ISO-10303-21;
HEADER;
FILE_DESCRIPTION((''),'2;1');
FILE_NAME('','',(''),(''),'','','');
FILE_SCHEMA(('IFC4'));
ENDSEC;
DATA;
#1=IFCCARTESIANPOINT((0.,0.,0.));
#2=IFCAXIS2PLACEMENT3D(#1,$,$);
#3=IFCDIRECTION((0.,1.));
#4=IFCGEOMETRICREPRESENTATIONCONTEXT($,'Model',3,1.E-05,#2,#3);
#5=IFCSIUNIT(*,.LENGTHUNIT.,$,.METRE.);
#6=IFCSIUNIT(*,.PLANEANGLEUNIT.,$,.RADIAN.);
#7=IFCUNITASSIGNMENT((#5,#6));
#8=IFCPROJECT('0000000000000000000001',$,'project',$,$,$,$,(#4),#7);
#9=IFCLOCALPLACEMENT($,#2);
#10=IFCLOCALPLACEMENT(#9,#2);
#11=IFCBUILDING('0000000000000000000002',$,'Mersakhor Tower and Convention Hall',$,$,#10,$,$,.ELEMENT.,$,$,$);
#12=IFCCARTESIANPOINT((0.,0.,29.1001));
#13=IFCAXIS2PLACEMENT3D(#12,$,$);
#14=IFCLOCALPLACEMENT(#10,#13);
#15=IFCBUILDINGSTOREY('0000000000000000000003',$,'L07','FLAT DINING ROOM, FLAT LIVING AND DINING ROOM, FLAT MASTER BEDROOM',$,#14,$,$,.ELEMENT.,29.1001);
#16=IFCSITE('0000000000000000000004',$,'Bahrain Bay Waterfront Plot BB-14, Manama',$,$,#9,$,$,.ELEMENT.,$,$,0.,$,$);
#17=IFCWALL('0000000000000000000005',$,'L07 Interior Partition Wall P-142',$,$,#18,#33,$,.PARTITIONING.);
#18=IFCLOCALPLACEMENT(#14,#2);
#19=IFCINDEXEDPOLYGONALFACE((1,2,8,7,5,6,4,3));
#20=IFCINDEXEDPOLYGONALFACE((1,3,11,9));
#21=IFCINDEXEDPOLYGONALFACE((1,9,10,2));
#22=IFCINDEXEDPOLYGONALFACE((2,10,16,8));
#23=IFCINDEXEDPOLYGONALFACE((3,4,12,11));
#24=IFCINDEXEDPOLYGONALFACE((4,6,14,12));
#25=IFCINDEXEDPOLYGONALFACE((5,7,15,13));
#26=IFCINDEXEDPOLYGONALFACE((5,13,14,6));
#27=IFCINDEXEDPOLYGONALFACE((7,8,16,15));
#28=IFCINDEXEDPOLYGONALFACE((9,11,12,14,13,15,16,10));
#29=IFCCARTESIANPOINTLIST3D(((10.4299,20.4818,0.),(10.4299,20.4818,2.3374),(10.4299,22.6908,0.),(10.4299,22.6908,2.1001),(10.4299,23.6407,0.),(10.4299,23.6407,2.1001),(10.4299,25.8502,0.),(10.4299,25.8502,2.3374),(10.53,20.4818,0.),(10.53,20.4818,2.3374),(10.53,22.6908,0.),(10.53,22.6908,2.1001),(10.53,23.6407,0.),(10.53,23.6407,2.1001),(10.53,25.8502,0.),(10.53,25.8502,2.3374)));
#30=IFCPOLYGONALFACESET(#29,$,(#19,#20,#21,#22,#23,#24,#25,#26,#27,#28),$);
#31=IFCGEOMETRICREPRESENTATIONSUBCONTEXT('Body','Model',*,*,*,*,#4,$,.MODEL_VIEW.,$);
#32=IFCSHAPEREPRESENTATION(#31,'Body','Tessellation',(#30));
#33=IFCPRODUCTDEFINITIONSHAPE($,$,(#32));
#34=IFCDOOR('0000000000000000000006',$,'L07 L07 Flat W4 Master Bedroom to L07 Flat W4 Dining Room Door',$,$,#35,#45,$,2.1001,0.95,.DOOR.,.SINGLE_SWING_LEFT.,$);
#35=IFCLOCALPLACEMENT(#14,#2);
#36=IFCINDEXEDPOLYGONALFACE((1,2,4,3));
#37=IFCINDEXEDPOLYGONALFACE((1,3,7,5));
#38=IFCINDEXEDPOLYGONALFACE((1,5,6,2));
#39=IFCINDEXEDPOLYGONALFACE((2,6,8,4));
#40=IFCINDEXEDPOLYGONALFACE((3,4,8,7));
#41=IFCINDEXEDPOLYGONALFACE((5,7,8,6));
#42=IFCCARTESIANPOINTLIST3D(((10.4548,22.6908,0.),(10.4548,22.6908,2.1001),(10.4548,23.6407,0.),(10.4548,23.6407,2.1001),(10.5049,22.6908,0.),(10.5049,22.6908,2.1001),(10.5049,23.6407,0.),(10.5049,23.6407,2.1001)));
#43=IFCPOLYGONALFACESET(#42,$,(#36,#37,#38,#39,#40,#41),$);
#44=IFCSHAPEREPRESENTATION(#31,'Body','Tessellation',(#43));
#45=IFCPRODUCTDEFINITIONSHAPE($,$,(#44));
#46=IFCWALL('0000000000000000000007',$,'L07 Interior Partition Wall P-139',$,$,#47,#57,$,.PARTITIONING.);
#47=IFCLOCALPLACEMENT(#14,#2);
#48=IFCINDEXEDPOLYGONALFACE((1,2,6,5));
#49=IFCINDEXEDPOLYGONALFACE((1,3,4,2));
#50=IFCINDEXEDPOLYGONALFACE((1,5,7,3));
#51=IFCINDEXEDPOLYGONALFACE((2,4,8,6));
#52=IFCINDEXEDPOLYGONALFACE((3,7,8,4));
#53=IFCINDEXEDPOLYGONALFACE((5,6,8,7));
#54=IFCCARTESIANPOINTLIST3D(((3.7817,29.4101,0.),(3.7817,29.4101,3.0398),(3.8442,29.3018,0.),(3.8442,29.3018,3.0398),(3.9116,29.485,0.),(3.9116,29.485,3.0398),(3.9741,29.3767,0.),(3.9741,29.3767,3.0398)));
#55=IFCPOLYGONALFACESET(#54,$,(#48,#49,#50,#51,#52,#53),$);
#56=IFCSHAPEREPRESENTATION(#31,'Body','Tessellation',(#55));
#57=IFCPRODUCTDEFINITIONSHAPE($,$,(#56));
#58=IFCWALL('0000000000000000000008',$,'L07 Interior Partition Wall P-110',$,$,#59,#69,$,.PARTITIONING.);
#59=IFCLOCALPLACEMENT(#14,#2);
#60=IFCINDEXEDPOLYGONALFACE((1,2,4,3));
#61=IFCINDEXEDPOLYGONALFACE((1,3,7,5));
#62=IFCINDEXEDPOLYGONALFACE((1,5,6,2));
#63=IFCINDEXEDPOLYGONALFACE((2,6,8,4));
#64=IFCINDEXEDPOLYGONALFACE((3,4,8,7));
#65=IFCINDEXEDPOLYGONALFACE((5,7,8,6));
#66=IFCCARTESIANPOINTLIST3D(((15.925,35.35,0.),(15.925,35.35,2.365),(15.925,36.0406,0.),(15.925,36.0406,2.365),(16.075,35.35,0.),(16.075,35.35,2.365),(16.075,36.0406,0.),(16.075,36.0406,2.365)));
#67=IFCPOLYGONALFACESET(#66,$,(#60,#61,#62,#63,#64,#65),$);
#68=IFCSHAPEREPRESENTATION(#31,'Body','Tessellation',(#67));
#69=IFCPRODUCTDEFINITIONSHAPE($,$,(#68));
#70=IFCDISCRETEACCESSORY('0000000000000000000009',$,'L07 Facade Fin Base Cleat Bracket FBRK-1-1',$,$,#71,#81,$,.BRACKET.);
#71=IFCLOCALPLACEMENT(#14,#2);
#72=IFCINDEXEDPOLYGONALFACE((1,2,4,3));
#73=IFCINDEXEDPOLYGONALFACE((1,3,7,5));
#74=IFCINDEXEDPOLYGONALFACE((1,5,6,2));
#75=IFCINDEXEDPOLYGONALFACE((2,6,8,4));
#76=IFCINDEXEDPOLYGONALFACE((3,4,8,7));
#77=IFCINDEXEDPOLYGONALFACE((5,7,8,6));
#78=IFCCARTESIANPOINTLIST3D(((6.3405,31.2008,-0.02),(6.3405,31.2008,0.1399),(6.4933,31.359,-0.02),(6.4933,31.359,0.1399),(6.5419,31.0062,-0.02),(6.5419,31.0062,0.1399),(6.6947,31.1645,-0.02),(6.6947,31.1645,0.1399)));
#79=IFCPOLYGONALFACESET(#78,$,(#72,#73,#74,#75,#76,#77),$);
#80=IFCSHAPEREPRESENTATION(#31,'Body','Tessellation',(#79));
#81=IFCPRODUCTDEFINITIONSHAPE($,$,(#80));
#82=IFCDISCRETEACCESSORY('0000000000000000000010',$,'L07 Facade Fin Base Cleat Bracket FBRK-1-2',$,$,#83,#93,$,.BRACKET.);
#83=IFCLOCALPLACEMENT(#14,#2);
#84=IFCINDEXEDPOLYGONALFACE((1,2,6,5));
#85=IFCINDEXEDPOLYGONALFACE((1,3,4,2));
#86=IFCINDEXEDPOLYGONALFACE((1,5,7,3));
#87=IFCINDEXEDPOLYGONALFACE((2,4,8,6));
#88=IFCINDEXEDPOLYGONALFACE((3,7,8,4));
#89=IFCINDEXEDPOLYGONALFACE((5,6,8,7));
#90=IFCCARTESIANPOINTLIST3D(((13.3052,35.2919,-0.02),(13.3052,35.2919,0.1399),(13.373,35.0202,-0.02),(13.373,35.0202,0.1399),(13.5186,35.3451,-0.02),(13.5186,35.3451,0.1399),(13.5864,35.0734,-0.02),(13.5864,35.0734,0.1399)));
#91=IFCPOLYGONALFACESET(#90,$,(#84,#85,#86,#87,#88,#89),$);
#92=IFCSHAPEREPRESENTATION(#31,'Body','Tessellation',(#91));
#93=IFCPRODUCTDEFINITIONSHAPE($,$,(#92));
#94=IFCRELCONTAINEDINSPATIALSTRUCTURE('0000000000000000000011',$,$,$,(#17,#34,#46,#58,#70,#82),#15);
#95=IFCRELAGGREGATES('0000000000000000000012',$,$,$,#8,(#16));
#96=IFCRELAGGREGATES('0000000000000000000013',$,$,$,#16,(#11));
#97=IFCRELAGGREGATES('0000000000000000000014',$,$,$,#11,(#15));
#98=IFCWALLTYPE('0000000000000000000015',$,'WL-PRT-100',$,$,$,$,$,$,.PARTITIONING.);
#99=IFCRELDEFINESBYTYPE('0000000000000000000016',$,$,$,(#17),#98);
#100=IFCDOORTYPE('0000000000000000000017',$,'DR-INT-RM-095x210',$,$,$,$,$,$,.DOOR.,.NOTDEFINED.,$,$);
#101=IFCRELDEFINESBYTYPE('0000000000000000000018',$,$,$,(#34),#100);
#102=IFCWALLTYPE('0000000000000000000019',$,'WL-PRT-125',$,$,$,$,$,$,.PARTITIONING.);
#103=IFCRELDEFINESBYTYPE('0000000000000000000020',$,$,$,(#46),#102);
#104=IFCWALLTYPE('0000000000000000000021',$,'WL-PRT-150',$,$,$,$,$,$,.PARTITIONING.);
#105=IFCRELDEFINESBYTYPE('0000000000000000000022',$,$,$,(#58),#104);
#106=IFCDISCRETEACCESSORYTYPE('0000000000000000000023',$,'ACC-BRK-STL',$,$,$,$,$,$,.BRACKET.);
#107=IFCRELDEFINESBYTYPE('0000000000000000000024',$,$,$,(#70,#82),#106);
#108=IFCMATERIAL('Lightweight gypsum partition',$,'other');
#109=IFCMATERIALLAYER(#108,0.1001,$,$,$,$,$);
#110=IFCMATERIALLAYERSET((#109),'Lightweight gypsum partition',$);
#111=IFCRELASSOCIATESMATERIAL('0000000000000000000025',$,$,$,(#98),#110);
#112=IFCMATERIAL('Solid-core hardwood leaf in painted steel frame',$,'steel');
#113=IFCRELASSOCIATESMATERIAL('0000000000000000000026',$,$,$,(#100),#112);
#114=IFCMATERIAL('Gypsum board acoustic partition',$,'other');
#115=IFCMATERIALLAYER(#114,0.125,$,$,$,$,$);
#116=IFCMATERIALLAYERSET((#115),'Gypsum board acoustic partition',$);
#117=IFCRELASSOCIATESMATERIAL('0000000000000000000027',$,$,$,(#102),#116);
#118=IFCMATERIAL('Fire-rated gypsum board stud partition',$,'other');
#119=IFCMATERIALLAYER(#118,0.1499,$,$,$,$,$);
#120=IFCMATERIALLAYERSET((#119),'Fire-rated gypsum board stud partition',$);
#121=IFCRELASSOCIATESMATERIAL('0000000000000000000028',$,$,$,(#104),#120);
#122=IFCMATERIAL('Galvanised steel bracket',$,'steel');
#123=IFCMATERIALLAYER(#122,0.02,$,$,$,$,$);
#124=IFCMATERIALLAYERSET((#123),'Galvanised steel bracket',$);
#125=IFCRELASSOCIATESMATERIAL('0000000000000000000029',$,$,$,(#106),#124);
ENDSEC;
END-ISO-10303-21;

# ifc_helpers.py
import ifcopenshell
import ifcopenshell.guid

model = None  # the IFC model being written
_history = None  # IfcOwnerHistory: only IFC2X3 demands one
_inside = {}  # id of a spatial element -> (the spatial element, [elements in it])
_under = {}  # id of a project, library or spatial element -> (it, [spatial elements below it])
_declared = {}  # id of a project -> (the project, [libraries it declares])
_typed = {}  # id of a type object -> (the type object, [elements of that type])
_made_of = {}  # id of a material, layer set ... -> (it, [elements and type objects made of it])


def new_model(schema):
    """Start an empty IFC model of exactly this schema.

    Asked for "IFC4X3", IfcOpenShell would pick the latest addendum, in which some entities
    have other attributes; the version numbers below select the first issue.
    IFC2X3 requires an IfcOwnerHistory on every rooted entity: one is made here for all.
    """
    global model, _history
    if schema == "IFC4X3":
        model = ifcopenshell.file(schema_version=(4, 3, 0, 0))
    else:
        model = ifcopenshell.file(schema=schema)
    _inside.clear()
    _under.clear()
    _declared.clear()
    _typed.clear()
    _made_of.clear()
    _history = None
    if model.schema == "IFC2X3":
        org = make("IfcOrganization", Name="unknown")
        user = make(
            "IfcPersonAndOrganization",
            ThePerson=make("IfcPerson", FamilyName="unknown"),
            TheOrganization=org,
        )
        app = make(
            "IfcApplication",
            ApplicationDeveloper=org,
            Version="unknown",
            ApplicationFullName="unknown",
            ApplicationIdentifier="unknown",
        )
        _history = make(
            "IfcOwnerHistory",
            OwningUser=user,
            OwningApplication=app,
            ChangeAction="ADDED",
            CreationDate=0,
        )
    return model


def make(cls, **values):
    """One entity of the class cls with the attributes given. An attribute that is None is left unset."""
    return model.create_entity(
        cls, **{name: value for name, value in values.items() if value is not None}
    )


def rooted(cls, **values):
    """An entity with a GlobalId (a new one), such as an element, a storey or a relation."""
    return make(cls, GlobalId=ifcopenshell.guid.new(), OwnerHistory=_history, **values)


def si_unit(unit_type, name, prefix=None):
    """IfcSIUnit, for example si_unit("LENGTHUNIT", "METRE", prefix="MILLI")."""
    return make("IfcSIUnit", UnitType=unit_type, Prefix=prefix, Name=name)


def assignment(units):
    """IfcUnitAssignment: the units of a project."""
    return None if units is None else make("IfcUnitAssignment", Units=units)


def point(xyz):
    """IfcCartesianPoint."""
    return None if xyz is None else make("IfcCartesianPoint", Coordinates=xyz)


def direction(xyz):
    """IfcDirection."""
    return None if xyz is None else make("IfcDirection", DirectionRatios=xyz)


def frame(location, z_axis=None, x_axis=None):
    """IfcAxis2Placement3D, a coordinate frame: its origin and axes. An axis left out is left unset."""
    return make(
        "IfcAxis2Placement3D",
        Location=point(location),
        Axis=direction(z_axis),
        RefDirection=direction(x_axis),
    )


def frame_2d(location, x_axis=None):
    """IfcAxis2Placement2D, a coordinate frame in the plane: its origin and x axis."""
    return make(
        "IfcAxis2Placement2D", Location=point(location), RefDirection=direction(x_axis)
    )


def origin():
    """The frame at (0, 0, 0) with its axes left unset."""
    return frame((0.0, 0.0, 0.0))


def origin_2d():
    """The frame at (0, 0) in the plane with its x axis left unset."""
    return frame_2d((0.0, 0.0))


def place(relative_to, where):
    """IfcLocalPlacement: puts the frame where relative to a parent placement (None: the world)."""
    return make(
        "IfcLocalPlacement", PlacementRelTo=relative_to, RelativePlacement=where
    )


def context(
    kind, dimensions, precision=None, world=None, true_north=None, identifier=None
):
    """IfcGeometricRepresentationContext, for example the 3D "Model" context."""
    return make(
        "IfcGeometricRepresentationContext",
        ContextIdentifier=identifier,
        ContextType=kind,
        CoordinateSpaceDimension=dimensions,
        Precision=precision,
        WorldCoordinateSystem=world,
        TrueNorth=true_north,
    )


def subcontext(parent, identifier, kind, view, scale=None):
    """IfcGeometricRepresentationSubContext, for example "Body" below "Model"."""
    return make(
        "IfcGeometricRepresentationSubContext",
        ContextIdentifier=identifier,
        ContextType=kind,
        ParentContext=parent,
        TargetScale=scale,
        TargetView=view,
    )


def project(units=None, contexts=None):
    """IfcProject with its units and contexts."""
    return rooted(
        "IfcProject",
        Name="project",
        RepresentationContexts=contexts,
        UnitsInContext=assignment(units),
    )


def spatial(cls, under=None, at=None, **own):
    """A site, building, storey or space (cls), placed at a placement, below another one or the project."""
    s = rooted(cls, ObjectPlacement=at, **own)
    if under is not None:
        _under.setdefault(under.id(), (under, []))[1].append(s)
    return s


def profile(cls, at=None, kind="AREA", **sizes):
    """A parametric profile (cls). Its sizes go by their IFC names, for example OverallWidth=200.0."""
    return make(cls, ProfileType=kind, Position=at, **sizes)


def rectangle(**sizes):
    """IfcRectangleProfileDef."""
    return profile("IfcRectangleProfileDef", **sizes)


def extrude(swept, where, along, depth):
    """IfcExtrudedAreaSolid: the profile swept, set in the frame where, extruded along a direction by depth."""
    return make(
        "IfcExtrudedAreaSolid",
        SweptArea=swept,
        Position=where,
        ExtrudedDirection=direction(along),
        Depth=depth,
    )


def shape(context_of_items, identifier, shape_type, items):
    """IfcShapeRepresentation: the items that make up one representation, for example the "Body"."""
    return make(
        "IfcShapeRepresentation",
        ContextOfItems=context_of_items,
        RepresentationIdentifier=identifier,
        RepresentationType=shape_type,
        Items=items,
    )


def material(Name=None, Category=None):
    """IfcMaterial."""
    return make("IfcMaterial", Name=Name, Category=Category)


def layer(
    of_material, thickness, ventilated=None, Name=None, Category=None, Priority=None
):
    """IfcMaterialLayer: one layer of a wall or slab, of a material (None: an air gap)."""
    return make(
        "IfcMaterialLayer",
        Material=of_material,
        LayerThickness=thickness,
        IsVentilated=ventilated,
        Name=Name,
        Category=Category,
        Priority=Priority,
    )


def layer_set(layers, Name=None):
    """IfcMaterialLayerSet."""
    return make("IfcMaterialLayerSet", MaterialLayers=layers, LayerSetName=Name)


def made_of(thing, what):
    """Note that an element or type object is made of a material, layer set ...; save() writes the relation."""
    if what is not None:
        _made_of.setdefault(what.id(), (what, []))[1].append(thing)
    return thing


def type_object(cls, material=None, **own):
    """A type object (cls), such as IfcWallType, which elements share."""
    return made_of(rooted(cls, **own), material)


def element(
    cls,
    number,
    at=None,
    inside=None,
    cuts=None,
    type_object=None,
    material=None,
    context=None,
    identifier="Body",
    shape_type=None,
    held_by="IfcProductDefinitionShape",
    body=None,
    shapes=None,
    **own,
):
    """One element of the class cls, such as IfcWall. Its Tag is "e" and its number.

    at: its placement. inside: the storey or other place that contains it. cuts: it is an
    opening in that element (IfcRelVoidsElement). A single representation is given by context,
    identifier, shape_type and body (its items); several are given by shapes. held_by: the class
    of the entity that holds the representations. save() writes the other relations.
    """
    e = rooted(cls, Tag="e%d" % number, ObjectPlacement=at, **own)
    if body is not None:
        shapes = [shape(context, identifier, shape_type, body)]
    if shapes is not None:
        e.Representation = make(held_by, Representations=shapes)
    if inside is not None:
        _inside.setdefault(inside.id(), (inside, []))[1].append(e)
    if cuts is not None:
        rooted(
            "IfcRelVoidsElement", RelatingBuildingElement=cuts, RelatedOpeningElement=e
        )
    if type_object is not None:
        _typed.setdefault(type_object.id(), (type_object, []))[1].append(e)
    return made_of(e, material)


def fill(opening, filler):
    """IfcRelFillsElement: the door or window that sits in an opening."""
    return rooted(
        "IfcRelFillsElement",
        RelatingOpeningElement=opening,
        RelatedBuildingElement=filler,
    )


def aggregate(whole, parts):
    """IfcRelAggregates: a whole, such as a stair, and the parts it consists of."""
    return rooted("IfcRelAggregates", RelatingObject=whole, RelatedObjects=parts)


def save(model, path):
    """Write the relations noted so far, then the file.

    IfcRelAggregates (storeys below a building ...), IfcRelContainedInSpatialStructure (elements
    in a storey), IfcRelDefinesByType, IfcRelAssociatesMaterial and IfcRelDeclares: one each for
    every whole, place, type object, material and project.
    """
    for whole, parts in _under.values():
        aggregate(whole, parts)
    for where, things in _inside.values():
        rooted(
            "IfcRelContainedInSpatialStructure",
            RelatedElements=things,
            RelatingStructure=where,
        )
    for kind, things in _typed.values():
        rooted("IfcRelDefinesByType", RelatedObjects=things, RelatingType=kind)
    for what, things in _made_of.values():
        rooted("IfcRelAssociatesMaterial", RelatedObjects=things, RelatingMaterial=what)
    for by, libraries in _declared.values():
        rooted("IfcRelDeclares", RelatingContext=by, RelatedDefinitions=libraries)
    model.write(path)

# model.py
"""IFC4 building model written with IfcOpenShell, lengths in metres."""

from ifc_helpers import new_model, si_unit, direction, frame, frame_2d, origin, origin_2d, place, context, subcontext, project, spatial, rectangle, extrude, material, layer, layer_set, type_object, element, fill, save


model = new_model("IFC4")

# Units and contexts
model_context = context("Model", 3, precision=1e-05, world=origin(), true_north=direction((0.0, 1.0)))
body_context = subcontext(model_context, "Body", "Model", "MODEL_VIEW")
ifc_project = project(units=[si_unit("LENGTHUNIT", "METRE"), si_unit("PLANEANGLEUNIT", "RADIAN")], contexts=[model_context])

# Site, building, storey
site_placement = place(None, origin())
site = spatial("IfcSite", under=ifc_project, at=site_placement, Name="Bahrain Bay Waterfront Plot BB-14, Manama", CompositionType="ELEMENT", RefElevation=0.0)
building_placement = place(site_placement, origin())
building = spatial("IfcBuilding", under=site, at=building_placement, Name="Mersakhor Tower and Convention Hall", CompositionType="ELEMENT")
storey_placement = place(building_placement, frame((0.0, 0.0, 29.1001)))
storey = spatial("IfcBuildingStorey", under=building, at=storey_placement, Name="L07", Description="FLAT DINING ROOM, FLAT LIVING AND DINING ROOM, FLAT MASTER BEDROOM", CompositionType="ELEMENT", Elevation=29.1001)

# Wall, opening, door
ifc_material_1 = material(Name="Lightweight gypsum partition", Category="other")
ifc_layer_1 = layer(ifc_material_1, 0.1001)
ifc_layer_set_1 = layer_set([ifc_layer_1], Name="Lightweight gypsum partition")
wall_type_1 = type_object("IfcWallType", Name="WL-PRT-100", PredefinedType="PARTITIONING", material=ifc_layer_set_1)
ifc_material_2 = material(Name="Solid-core hardwood leaf in painted steel frame", Category="steel")
door_type_1 = type_object("IfcDoorType", Name="DR-INT-RM-095x210", OperationType="NOTDEFINED", PredefinedType="DOOR", material=ifc_material_2)
wall_1_placement = place(storey_placement, frame((10.48, 25.8501, 0.0), z_axis=(0.0, 0.0, 1.0), x_axis=(0.0, -1.0, 0.0)))
wall_1 = element("IfcWall", 1, at=wall_1_placement, inside=storey, type_object=wall_type_1, Name="L07 Interior Partition Wall P-142", PredefinedType="PARTITIONING", context=body_context, shape_type="SweptSolid", body=[
    extrude(rectangle(XDim=5.3684, YDim=0.1001, at=frame_2d((2.6841, 0.0))), origin(), (0.0, 0.0, 1.0), 2.3374),
])
opening_1_placement = place(wall_1_placement, frame((2.2092, 0.0, 0.0)))
opening_1 = element("IfcOpeningElement", 2, at=opening_1_placement, cuts=wall_1, PredefinedType="OPENING", context=body_context, shape_type="SweptSolid", body=[
    extrude(rectangle(XDim=0.95, YDim=2.1001, at=frame_2d((0.4751, 1.05))), frame((0.0, 0.0601, 0.0), z_axis=(0.0, -1.0, 0.0), x_axis=(1.0, 0.0, 0.0)), (0.0, 0.0, 1.0), 0.1201),
])
door_1_placement = place(opening_1_placement, origin())
door_1 = element("IfcDoor", 3, at=door_1_placement, inside=storey, type_object=door_type_1, Name="L07 L07 Flat W4 Master Bedroom to L07 Flat W4 Dining Room Door", OperationType="SINGLE_SWING_LEFT", OverallHeight=2.1001, OverallWidth=0.95, PredefinedType="DOOR", context=body_context, shape_type="SweptSolid", body=[
    extrude(rectangle(XDim=0.95, YDim=2.1001, at=frame_2d((0.4751, 1.05))), frame((0.0, 0.0249, 0.0), z_axis=(0.0, -1.0, 0.0), x_axis=(1.0, 0.0, 0.0)), (0.0, 0.0, 1.0), 0.05),
])
fill(opening_1, door_1)

# Walls
ifc_material_3 = material(Name="Gypsum board acoustic partition", Category="other")
ifc_layer_2 = layer(ifc_material_3, 0.125)
ifc_layer_set_2 = layer_set([ifc_layer_2], Name="Gypsum board acoustic partition")
wall_type_2 = type_object("IfcWallType", Name="WL-PRT-125", PredefinedType="PARTITIONING", material=ifc_layer_set_2)
wall_2_placement = place(storey_placement, frame((3.813, 29.356, 0.0), z_axis=(0.0, 0.0, 1.0), x_axis=(0.866131, 0.499816, 0.0)))
element("IfcWall", 4, at=wall_2_placement, inside=storey, type_object=wall_type_2, Name="L07 Interior Partition Wall P-139", PredefinedType="PARTITIONING", context=body_context, shape_type="SweptSolid", body=[
    extrude(rectangle(XDim=0.1499, YDim=0.125, at=frame_2d((0.075, 0.0))), origin(), (0.0, 0.0, 1.0), 3.0398),
])
ifc_material_4 = material(Name="Fire-rated gypsum board stud partition", Category="other")
ifc_layer_3 = layer(ifc_material_4, 0.1499)
ifc_layer_set_3 = layer_set([ifc_layer_3], Name="Fire-rated gypsum board stud partition")
wall_type_3 = type_object("IfcWallType", Name="WL-PRT-150", PredefinedType="PARTITIONING", material=ifc_layer_set_3)
wall_3_placement = place(storey_placement, frame((16.0, 35.3501, 0.0), z_axis=(0.0, 0.0, 1.0), x_axis=(0.0, 1.0, 0.0)))
element("IfcWall", 5, at=wall_3_placement, inside=storey, type_object=wall_type_3, Name="L07 Interior Partition Wall P-110", PredefinedType="PARTITIONING", context=body_context, shape_type="SweptSolid", body=[
    extrude(rectangle(XDim=0.6907, YDim=0.1499, at=frame_2d((0.3452, 0.0))), origin(), (0.0, 0.0, 1.0), 2.365),
])

# Discrete accessories
ifc_material_5 = material(Name="Galvanised steel bracket", Category="steel")
ifc_layer_4 = layer(ifc_material_5, 0.02)
ifc_layer_set_4 = layer_set([ifc_layer_4], Name="Galvanised steel bracket")
discrete_accessory_type = type_object("IfcDiscreteAccessoryType", Name="ACC-BRK-STL", PredefinedType="BRACKET", material=ifc_layer_set_4)
for number, where, z_axis, x_axis, name in (
    (6, (6.5176, 31.1826, -0.02), (0.0, 0.0, 1.0), (-0.71934, 0.694658, 0.0), "L07 Facade Fin Base Cleat Bracket FBRK-1-1"),
    (7, (13.4458, 35.1826, -0.02), (0.0, 0.0, 1.0), (-0.241922, 0.970296, 0.0), "L07 Facade Fin Base Cleat Bracket FBRK-1-2"),
):
    element("IfcDiscreteAccessory", number, at=place(storey_placement, frame(where, z_axis=z_axis, x_axis=x_axis)), inside=storey, type_object=discrete_accessory_type, Name=name, PredefinedType="BRACKET", context=body_context, shape_type="SweptSolid", body=[
        extrude(rectangle(XDim=0.28, YDim=0.22, at=origin_2d()), origin(), (0.0, 0.0, 1.0), 0.1599),
    ])

save(model, "model.ifc")
